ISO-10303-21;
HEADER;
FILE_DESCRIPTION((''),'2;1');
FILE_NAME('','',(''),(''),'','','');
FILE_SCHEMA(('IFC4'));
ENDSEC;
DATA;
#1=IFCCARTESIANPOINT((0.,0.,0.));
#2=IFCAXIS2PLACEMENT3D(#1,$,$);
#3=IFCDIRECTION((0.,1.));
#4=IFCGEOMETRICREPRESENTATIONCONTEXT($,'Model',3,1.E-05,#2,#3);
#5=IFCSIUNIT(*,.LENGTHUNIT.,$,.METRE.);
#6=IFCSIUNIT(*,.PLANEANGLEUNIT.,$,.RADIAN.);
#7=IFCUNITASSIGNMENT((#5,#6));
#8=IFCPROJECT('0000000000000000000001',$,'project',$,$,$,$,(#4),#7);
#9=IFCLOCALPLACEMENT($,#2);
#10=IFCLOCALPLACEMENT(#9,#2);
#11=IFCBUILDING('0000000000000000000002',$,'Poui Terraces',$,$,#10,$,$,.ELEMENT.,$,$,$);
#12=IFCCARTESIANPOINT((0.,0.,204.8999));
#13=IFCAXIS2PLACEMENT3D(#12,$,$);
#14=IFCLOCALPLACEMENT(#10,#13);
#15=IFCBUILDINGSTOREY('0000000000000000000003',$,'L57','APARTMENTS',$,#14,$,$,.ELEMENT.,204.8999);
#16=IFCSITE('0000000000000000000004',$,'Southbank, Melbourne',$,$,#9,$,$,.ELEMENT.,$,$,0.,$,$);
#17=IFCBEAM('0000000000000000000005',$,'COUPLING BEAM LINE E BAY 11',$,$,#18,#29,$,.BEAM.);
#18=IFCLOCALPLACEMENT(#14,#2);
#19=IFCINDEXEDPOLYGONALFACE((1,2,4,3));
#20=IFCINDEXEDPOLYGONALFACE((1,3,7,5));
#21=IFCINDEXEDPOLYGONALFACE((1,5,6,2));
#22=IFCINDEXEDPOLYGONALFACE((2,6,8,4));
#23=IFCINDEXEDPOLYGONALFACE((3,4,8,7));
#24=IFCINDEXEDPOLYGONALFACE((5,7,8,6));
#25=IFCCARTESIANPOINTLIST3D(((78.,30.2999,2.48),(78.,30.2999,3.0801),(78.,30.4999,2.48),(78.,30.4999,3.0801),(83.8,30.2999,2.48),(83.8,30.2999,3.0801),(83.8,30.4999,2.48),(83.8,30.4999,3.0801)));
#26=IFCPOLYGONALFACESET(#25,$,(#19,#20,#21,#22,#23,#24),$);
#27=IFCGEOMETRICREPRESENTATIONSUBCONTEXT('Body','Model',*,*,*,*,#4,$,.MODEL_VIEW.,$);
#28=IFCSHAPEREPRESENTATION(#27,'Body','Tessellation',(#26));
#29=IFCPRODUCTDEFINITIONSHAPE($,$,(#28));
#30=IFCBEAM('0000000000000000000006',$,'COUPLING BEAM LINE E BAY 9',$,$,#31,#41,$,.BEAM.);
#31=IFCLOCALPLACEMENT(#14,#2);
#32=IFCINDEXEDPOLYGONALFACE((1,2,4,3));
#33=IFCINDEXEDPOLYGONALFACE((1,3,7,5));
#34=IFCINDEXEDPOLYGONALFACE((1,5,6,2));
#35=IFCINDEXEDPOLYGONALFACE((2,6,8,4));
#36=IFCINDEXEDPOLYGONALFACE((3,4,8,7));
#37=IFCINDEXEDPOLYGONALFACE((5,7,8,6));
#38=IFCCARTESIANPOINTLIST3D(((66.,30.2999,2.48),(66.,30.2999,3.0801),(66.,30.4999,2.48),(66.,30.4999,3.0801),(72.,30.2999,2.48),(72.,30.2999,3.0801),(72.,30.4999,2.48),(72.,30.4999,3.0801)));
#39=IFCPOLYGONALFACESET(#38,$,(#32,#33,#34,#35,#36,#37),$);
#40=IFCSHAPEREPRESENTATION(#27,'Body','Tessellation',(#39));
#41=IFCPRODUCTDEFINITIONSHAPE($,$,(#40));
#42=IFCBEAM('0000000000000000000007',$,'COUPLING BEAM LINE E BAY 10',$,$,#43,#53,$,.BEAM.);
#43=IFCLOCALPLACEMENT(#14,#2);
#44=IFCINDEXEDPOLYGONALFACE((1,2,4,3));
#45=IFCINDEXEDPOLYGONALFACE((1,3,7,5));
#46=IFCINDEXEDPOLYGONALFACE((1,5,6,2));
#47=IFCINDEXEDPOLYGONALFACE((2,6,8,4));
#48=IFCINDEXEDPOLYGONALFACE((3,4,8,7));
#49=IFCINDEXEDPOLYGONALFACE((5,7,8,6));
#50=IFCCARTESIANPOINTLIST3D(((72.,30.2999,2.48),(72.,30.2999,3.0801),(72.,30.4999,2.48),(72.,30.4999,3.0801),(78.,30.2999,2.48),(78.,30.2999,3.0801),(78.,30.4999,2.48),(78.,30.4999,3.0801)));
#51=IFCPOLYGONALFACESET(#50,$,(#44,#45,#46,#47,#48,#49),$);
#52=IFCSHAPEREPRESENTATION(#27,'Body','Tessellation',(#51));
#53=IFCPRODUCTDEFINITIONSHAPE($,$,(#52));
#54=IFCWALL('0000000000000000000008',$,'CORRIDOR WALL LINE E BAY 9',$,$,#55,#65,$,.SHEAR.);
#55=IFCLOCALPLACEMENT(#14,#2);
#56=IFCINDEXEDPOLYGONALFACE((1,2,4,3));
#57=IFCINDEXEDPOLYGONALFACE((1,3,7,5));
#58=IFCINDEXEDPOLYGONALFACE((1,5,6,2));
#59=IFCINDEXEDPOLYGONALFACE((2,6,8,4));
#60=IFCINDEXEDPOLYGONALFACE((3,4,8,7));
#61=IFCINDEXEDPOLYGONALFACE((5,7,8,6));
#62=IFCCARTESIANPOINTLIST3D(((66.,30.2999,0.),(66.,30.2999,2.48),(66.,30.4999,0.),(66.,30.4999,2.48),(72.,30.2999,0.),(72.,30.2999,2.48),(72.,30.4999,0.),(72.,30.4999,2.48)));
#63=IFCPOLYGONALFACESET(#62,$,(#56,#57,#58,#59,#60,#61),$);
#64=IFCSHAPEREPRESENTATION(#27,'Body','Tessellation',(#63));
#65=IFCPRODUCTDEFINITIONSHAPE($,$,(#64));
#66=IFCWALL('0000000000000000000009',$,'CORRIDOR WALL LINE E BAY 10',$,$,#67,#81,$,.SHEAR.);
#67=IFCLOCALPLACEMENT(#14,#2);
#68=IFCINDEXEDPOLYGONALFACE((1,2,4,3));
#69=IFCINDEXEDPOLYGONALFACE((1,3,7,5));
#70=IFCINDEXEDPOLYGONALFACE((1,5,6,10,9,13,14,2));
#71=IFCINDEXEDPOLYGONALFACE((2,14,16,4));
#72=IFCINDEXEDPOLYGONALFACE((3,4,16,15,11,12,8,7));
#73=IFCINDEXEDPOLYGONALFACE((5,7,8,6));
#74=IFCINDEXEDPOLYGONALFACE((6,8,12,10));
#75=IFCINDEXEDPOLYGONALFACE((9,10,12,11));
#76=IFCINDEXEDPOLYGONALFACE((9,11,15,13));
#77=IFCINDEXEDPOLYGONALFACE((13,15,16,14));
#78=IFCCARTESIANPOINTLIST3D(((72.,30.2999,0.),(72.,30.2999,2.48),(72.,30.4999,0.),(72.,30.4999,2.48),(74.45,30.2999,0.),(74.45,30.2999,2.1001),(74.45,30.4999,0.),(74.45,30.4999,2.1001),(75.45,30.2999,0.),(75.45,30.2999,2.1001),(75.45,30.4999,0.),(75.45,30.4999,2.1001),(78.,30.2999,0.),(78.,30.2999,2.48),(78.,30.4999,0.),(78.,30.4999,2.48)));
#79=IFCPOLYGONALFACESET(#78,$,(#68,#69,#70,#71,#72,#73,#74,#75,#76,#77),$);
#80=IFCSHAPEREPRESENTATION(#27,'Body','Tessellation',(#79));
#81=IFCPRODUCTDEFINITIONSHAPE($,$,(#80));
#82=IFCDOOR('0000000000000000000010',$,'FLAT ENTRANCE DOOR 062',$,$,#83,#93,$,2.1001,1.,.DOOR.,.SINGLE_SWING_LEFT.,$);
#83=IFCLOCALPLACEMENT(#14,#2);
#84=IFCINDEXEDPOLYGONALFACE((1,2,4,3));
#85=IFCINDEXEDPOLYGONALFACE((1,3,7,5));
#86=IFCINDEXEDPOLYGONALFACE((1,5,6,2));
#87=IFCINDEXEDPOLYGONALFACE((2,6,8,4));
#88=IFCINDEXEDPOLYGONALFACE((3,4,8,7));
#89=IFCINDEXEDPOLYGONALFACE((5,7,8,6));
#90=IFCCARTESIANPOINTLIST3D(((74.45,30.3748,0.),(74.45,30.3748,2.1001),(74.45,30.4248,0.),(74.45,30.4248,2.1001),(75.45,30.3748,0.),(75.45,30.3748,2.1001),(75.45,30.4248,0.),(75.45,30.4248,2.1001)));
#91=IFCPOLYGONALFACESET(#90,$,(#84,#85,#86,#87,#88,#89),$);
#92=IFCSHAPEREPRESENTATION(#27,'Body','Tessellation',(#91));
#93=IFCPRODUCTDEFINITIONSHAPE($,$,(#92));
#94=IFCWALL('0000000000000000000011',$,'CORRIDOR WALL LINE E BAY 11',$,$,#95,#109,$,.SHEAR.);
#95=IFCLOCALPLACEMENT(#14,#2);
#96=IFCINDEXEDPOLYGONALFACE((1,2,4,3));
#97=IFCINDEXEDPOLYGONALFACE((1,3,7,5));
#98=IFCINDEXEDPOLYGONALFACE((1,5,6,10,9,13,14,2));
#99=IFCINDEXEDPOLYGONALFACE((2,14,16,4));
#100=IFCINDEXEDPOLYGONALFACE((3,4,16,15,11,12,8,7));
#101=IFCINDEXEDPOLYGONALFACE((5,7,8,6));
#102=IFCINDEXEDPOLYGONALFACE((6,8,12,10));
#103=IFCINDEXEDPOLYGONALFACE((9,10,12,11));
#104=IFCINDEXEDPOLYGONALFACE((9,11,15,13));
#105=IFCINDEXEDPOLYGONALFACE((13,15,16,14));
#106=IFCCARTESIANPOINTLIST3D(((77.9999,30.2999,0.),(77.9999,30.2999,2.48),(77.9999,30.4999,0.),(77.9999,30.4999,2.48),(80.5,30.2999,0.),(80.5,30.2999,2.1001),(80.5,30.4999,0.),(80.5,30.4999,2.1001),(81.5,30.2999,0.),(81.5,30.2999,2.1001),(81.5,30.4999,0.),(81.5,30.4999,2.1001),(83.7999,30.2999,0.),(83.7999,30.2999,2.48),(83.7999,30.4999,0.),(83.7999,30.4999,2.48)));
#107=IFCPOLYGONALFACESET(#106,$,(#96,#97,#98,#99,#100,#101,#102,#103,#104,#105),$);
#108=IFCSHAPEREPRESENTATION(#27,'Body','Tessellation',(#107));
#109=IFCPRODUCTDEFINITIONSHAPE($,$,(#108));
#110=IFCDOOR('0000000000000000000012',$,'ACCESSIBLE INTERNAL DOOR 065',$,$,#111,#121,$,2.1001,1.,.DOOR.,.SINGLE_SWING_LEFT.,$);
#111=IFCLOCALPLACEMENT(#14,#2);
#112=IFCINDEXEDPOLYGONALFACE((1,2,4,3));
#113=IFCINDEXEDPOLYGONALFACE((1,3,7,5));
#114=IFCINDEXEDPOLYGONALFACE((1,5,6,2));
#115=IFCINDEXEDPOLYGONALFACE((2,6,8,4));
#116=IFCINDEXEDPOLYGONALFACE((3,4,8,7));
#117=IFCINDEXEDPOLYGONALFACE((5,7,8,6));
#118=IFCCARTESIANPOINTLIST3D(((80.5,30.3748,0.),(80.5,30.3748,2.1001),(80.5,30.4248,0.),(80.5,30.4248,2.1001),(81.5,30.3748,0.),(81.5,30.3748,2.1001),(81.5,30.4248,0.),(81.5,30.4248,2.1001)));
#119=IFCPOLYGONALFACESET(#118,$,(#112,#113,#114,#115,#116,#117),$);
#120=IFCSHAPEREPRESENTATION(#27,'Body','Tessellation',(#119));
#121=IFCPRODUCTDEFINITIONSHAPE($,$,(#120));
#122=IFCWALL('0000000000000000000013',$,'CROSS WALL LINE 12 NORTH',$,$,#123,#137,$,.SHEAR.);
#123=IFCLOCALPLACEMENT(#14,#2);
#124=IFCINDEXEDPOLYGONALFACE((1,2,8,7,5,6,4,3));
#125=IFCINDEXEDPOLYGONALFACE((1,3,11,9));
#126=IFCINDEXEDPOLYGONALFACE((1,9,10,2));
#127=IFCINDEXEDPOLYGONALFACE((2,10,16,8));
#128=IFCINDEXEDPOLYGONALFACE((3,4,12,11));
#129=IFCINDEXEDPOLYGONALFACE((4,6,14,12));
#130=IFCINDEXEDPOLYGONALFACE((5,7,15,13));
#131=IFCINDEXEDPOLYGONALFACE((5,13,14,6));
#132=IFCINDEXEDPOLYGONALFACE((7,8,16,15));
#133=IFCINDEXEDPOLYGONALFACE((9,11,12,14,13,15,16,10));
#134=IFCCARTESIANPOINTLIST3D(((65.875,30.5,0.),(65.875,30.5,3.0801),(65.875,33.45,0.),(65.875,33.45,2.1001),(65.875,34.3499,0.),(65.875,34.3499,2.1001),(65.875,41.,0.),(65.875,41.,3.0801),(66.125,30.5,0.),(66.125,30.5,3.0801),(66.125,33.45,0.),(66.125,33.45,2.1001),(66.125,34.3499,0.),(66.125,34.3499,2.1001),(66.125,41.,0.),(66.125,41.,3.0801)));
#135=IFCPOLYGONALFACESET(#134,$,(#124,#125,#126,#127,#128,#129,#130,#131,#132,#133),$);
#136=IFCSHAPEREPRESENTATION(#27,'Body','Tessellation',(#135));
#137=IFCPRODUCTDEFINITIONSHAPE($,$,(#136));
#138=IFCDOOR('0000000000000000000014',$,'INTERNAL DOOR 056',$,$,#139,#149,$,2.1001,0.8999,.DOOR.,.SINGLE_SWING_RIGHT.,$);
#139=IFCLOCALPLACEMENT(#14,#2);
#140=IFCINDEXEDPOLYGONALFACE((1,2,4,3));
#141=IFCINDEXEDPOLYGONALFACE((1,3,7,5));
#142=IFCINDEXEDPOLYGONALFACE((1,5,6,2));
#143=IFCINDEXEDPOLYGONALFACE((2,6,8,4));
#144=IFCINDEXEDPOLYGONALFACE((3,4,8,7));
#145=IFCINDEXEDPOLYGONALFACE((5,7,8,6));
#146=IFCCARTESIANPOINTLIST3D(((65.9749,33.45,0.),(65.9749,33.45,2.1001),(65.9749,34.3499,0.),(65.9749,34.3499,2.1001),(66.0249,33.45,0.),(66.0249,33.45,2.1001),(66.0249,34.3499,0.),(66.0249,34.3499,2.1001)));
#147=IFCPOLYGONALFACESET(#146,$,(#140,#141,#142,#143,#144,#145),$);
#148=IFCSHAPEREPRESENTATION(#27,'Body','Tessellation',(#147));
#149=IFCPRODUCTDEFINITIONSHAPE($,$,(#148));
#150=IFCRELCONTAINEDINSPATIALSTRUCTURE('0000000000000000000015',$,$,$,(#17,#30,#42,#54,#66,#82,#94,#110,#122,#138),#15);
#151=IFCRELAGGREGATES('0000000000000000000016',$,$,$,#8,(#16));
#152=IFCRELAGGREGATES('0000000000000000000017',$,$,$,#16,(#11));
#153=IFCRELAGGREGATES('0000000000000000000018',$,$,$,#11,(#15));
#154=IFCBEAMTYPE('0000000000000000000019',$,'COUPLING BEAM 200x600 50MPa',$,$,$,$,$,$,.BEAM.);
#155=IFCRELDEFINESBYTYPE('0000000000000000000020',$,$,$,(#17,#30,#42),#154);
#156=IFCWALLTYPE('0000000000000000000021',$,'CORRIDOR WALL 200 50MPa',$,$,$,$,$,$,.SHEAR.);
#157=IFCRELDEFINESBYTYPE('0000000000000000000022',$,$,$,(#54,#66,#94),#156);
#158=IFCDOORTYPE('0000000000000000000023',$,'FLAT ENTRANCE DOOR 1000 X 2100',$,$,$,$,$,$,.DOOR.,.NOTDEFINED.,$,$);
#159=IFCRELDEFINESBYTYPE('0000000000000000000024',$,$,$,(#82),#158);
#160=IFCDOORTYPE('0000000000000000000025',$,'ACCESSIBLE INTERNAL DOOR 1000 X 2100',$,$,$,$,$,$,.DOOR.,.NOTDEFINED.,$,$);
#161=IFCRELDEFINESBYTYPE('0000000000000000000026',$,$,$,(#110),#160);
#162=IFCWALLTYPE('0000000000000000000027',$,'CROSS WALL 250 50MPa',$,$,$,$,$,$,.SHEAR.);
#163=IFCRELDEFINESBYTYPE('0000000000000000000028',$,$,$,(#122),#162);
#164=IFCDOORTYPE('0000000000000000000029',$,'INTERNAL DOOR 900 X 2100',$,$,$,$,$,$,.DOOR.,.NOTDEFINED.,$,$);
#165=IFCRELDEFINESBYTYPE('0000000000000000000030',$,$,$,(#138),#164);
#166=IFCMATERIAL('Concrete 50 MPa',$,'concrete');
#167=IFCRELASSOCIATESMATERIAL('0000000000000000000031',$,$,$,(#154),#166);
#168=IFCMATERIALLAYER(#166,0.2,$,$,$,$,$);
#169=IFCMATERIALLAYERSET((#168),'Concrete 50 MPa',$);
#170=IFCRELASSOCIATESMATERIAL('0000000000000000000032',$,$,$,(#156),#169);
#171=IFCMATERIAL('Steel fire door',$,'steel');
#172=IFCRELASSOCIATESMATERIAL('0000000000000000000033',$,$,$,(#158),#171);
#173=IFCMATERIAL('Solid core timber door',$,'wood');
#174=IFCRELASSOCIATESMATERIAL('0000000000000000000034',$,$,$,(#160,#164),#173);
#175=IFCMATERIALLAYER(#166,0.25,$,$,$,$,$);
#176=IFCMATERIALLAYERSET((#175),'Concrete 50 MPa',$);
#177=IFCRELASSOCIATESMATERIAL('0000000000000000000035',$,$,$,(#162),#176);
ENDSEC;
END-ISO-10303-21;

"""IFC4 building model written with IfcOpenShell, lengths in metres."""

from ifc_helpers import new_model, si_unit, direction, frame, frame_2d, origin, origin_2d, place, context, subcontext, project, spatial, rectangle, extrude, source, transform, mapped, material, layer, layer_set, material_profile, profile_set, type_object, element, fill, save


model = new_model("IFC4")

# Units and contexts
model_context = context("Model", 3, precision=1e-05, world=origin(), true_north=direction((0.0, 1.0)))
body_context = subcontext(model_context, "Body", "Model", "MODEL_VIEW")
ifc_project = project(units=[si_unit("LENGTHUNIT", "METRE"), si_unit("PLANEANGLEUNIT", "RADIAN")], contexts=[model_context])

# Site, building, storey
site_placement = place(None, origin())
site = spatial("IfcSite", under=ifc_project, at=site_placement, Name="Southbank, Melbourne", CompositionType="ELEMENT", RefElevation=0.0)
building_placement = place(site_placement, origin())
building = spatial("IfcBuilding", under=site, at=building_placement, Name="Poui Terraces", CompositionType="ELEMENT")
storey_placement = place(building_placement, frame((0.0, 0.0, 204.8999)))
storey = spatial("IfcBuildingStorey", under=building, at=storey_placement, Name="L57", Description="APARTMENTS", CompositionType="ELEMENT", Elevation=204.8999)

# Beams
ifc_material_1 = material(Name="Concrete 50 MPa", Category="concrete")
ifc_material_profile = material_profile(ifc_material_1, rectangle(XDim=0.2, YDim=0.6001, at=origin_2d()), Name="RC 200x600")
ifc_profile_set = profile_set([ifc_material_profile], Name="Concrete 50 MPa")
beam_type = type_object("IfcBeamType", Name="COUPLING BEAM 200x600 50MPa", PredefinedType="BEAM", material=ifc_profile_set)
shared_shape_1 = source(origin(), body_context, "Body", "SweptSolid", [
    extrude(rectangle(XDim=0.2, YDim=0.6001, at=origin_2d()), origin(), (0.0, 0.0, 1.0), 5.8),
])
beam_placement = place(storey_placement, frame((78.0, 30.3999, 2.78), z_axis=(1.0, 0.0, 0.0), x_axis=(0.0, 1.0, 0.0)))
element("IfcBeam", 1, at=beam_placement, inside=storey, type_object=beam_type, Name="COUPLING BEAM LINE E BAY 11", PredefinedType="BEAM", context=body_context, shape_type="MappedRepresentation", body=[
    mapped(shared_shape_1, transform((0.0, 0.0, 0.0))),
])
shared_shape_2 = source(origin(), body_context, "Body", "SweptSolid", [
    extrude(rectangle(XDim=0.2, YDim=0.6001, at=origin_2d()), origin(), (0.0, 0.0, 1.0), 6.0),
])
for number, where, z_axis, x_axis, name in (
    (2, (66.0, 30.3999, 2.78), (1.0, 0.0, 0.0), (0.0, 1.0, 0.0), "COUPLING BEAM LINE E BAY 9"),
    (3, (72.0, 30.3999, 2.78), (1.0, 0.0, 0.0), (0.0, 1.0, 0.0), "COUPLING BEAM LINE E BAY 10"),
):
    element("IfcBeam", number, at=place(storey_placement, frame(where, z_axis=z_axis, x_axis=x_axis)), inside=storey, type_object=beam_type, Name=name, PredefinedType="BEAM", context=body_context, shape_type="MappedRepresentation", body=[
        mapped(shared_shape_2, transform((0.0, 0.0, 0.0))),
    ])

# Wall
ifc_layer_1 = layer(ifc_material_1, 0.2)
ifc_layer_set_1 = layer_set([ifc_layer_1], Name="Concrete 50 MPa")
wall_type_1 = type_object("IfcWallType", Name="CORRIDOR WALL 200 50MPa", PredefinedType="SHEAR", material=ifc_layer_set_1)
wall_1_placement = place(storey_placement, frame((66.0, 30.3999, 0.0), z_axis=(0.0, 0.0, 1.0), x_axis=(1.0, 0.0, 0.0)))
element("IfcWall", 4, at=wall_1_placement, inside=storey, type_object=wall_type_1, Name="CORRIDOR WALL LINE E BAY 9", PredefinedType="SHEAR", context=body_context, shape_type="SweptSolid", body=[
    extrude(rectangle(XDim=6.0, YDim=0.2, at=frame_2d((3.0, 0.0))), origin(), (0.0, 0.0, 1.0), 2.48),
])

# Walls, openings, doors
wall_2_placement = place(storey_placement, frame((72.0, 30.3999, 0.0), z_axis=(0.0, 0.0, 1.0), x_axis=(1.0, 0.0, 0.0)))
wall_2 = element("IfcWall", 5, at=wall_2_placement, inside=storey, type_object=wall_type_1, Name="CORRIDOR WALL LINE E BAY 10", PredefinedType="SHEAR", context=body_context, shape_type="SweptSolid", body=[
    extrude(rectangle(XDim=6.0, YDim=0.2, at=frame_2d((3.0, 0.0))), origin(), (0.0, 0.0, 1.0), 2.48),
])
opening_1_placement = place(wall_2_placement, frame((2.45, 0.0, 0.0)))
opening_1 = element("IfcOpeningElement", 6, at=opening_1_placement, cuts=wall_2, PredefinedType="OPENING", context=body_context, shape_type="SweptSolid", body=[
    extrude(rectangle(XDim=1.0, YDim=2.1001, at=frame_2d((0.5, 1.05))), frame((0.0, 0.1099, 0.0), z_axis=(0.0, -1.0, 0.0), x_axis=(1.0, 0.0, 0.0)), (0.0, 0.0, 1.0), 0.22),
])
ifc_material_2 = material(Name="Steel fire door", Category="steel")
door_type_1 = type_object("IfcDoorType", Name="FLAT ENTRANCE DOOR 1000 X 2100", OperationType="NOTDEFINED", PredefinedType="DOOR", material=ifc_material_2)
door_1_placement = place(opening_1_placement, origin())
door_1 = element("IfcDoor", 7, at=door_1_placement, inside=storey, type_object=door_type_1, Name="FLAT ENTRANCE DOOR 062", OperationType="SINGLE_SWING_LEFT", OverallHeight=2.1001, OverallWidth=1.0, PredefinedType="DOOR", context=body_context, shape_type="SweptSolid", body=[
    extrude(rectangle(XDim=1.0, YDim=2.1001, at=frame_2d((0.5, 1.05))), frame((0.0, 0.0249, 0.0), z_axis=(0.0, -1.0, 0.0), x_axis=(1.0, 0.0, 0.0)), (0.0, 0.0, 1.0), 0.05),
])
fill(opening_1, door_1)
wall_3_placement = place(storey_placement, frame((78.0, 30.3999, 0.0), z_axis=(0.0, 0.0, 1.0), x_axis=(1.0, 0.0, 0.0)))
wall_3 = element("IfcWall", 8, at=wall_3_placement, inside=storey, type_object=wall_type_1, Name="CORRIDOR WALL LINE E BAY 11", PredefinedType="SHEAR", context=body_context, shape_type="SweptSolid", body=[
    extrude(rectangle(XDim=5.8, YDim=0.2, at=frame_2d((2.8999, 0.0))), origin(), (0.0, 0.0, 1.0), 2.48),
])
opening_2_placement = place(wall_3_placement, frame((2.5, 0.0, 0.0)))
opening_2 = element("IfcOpeningElement", 9, at=opening_2_placement, cuts=wall_3, PredefinedType="OPENING", context=body_context, shape_type="SweptSolid", body=[
    extrude(rectangle(XDim=1.0, YDim=2.1001, at=frame_2d((0.5, 1.05))), frame((0.0, 0.1099, 0.0), z_axis=(0.0, -1.0, 0.0), x_axis=(1.0, 0.0, 0.0)), (0.0, 0.0, 1.0), 0.22),
])
ifc_material_3 = material(Name="Solid core timber door", Category="wood")
door_type_2 = type_object("IfcDoorType", Name="ACCESSIBLE INTERNAL DOOR 1000 X 2100", OperationType="NOTDEFINED", PredefinedType="DOOR", material=ifc_material_3)
door_2_placement = place(opening_2_placement, origin())
door_2 = element("IfcDoor", 10, at=door_2_placement, inside=storey, type_object=door_type_2, Name="ACCESSIBLE INTERNAL DOOR 065", OperationType="SINGLE_SWING_LEFT", OverallHeight=2.1001, OverallWidth=1.0, PredefinedType="DOOR", context=body_context, shape_type="SweptSolid", body=[
    extrude(rectangle(XDim=1.0, YDim=2.1001, at=frame_2d((0.5, 1.05))), frame((0.0, 0.0249, 0.0), z_axis=(0.0, -1.0, 0.0), x_axis=(1.0, 0.0, 0.0)), (0.0, 0.0, 1.0), 0.05),
])
fill(opening_2, door_2)
ifc_layer_2 = layer(ifc_material_1, 0.25)
ifc_layer_set_2 = layer_set([ifc_layer_2], Name="Concrete 50 MPa")
wall_type_2 = type_object("IfcWallType", Name="CROSS WALL 250 50MPa", PredefinedType="SHEAR", material=ifc_layer_set_2)
wall_4_placement = place(storey_placement, frame((66.0, 30.5, 0.0), z_axis=(0.0, 0.0, 1.0), x_axis=(0.0, 1.0, 0.0)))
wall_4 = element("IfcWall", 11, at=wall_4_placement, inside=storey, type_object=wall_type_2, Name="CROSS WALL LINE 12 NORTH", PredefinedType="SHEAR", context=body_context, shape_type="SweptSolid", body=[
    extrude(rectangle(XDim=10.5, YDim=0.25, at=frame_2d((5.25, 0.0))), origin(), (0.0, 0.0, 1.0), 3.0801),
])
opening_3_placement = place(wall_4_placement, frame((2.95, 0.0, 0.0)))
opening_3 = element("IfcOpeningElement", 12, at=opening_3_placement, cuts=wall_4, PredefinedType="OPENING", context=body_context, shape_type="SweptSolid", body=[
    extrude(rectangle(XDim=0.8999, YDim=2.1001, at=frame_2d((0.45, 1.05))), frame((0.0, 0.135, 0.0), z_axis=(0.0, -1.0, 0.0), x_axis=(1.0, 0.0, 0.0)), (0.0, 0.0, 1.0), 0.27),
])
door_type_3 = type_object("IfcDoorType", Name="INTERNAL DOOR 900 X 2100", OperationType="NOTDEFINED", PredefinedType="DOOR", material=ifc_material_3)
door_3_placement = place(opening_3_placement, frame((0.8999, 0.0, 0.0), z_axis=(0.0, 0.0, 1.0), x_axis=(-1.0, 0.0, 0.0)))
door_3 = element("IfcDoor", 13, at=door_3_placement, inside=storey, type_object=door_type_3, Name="INTERNAL DOOR 056", OperationType="SINGLE_SWING_RIGHT", OverallHeight=2.1001, OverallWidth=0.8999, PredefinedType="DOOR", context=body_context, shape_type="SweptSolid", body=[
    extrude(rectangle(XDim=0.8999, YDim=2.1001, at=frame_2d((0.45, 1.05))), frame((0.0, 0.0249, 0.0), z_axis=(0.0, -1.0, 0.0), x_axis=(1.0, 0.0, 0.0)), (0.0, 0.0, 1.0), 0.05),
])
fill(opening_3, door_3)

save(model, "model.ifc")
